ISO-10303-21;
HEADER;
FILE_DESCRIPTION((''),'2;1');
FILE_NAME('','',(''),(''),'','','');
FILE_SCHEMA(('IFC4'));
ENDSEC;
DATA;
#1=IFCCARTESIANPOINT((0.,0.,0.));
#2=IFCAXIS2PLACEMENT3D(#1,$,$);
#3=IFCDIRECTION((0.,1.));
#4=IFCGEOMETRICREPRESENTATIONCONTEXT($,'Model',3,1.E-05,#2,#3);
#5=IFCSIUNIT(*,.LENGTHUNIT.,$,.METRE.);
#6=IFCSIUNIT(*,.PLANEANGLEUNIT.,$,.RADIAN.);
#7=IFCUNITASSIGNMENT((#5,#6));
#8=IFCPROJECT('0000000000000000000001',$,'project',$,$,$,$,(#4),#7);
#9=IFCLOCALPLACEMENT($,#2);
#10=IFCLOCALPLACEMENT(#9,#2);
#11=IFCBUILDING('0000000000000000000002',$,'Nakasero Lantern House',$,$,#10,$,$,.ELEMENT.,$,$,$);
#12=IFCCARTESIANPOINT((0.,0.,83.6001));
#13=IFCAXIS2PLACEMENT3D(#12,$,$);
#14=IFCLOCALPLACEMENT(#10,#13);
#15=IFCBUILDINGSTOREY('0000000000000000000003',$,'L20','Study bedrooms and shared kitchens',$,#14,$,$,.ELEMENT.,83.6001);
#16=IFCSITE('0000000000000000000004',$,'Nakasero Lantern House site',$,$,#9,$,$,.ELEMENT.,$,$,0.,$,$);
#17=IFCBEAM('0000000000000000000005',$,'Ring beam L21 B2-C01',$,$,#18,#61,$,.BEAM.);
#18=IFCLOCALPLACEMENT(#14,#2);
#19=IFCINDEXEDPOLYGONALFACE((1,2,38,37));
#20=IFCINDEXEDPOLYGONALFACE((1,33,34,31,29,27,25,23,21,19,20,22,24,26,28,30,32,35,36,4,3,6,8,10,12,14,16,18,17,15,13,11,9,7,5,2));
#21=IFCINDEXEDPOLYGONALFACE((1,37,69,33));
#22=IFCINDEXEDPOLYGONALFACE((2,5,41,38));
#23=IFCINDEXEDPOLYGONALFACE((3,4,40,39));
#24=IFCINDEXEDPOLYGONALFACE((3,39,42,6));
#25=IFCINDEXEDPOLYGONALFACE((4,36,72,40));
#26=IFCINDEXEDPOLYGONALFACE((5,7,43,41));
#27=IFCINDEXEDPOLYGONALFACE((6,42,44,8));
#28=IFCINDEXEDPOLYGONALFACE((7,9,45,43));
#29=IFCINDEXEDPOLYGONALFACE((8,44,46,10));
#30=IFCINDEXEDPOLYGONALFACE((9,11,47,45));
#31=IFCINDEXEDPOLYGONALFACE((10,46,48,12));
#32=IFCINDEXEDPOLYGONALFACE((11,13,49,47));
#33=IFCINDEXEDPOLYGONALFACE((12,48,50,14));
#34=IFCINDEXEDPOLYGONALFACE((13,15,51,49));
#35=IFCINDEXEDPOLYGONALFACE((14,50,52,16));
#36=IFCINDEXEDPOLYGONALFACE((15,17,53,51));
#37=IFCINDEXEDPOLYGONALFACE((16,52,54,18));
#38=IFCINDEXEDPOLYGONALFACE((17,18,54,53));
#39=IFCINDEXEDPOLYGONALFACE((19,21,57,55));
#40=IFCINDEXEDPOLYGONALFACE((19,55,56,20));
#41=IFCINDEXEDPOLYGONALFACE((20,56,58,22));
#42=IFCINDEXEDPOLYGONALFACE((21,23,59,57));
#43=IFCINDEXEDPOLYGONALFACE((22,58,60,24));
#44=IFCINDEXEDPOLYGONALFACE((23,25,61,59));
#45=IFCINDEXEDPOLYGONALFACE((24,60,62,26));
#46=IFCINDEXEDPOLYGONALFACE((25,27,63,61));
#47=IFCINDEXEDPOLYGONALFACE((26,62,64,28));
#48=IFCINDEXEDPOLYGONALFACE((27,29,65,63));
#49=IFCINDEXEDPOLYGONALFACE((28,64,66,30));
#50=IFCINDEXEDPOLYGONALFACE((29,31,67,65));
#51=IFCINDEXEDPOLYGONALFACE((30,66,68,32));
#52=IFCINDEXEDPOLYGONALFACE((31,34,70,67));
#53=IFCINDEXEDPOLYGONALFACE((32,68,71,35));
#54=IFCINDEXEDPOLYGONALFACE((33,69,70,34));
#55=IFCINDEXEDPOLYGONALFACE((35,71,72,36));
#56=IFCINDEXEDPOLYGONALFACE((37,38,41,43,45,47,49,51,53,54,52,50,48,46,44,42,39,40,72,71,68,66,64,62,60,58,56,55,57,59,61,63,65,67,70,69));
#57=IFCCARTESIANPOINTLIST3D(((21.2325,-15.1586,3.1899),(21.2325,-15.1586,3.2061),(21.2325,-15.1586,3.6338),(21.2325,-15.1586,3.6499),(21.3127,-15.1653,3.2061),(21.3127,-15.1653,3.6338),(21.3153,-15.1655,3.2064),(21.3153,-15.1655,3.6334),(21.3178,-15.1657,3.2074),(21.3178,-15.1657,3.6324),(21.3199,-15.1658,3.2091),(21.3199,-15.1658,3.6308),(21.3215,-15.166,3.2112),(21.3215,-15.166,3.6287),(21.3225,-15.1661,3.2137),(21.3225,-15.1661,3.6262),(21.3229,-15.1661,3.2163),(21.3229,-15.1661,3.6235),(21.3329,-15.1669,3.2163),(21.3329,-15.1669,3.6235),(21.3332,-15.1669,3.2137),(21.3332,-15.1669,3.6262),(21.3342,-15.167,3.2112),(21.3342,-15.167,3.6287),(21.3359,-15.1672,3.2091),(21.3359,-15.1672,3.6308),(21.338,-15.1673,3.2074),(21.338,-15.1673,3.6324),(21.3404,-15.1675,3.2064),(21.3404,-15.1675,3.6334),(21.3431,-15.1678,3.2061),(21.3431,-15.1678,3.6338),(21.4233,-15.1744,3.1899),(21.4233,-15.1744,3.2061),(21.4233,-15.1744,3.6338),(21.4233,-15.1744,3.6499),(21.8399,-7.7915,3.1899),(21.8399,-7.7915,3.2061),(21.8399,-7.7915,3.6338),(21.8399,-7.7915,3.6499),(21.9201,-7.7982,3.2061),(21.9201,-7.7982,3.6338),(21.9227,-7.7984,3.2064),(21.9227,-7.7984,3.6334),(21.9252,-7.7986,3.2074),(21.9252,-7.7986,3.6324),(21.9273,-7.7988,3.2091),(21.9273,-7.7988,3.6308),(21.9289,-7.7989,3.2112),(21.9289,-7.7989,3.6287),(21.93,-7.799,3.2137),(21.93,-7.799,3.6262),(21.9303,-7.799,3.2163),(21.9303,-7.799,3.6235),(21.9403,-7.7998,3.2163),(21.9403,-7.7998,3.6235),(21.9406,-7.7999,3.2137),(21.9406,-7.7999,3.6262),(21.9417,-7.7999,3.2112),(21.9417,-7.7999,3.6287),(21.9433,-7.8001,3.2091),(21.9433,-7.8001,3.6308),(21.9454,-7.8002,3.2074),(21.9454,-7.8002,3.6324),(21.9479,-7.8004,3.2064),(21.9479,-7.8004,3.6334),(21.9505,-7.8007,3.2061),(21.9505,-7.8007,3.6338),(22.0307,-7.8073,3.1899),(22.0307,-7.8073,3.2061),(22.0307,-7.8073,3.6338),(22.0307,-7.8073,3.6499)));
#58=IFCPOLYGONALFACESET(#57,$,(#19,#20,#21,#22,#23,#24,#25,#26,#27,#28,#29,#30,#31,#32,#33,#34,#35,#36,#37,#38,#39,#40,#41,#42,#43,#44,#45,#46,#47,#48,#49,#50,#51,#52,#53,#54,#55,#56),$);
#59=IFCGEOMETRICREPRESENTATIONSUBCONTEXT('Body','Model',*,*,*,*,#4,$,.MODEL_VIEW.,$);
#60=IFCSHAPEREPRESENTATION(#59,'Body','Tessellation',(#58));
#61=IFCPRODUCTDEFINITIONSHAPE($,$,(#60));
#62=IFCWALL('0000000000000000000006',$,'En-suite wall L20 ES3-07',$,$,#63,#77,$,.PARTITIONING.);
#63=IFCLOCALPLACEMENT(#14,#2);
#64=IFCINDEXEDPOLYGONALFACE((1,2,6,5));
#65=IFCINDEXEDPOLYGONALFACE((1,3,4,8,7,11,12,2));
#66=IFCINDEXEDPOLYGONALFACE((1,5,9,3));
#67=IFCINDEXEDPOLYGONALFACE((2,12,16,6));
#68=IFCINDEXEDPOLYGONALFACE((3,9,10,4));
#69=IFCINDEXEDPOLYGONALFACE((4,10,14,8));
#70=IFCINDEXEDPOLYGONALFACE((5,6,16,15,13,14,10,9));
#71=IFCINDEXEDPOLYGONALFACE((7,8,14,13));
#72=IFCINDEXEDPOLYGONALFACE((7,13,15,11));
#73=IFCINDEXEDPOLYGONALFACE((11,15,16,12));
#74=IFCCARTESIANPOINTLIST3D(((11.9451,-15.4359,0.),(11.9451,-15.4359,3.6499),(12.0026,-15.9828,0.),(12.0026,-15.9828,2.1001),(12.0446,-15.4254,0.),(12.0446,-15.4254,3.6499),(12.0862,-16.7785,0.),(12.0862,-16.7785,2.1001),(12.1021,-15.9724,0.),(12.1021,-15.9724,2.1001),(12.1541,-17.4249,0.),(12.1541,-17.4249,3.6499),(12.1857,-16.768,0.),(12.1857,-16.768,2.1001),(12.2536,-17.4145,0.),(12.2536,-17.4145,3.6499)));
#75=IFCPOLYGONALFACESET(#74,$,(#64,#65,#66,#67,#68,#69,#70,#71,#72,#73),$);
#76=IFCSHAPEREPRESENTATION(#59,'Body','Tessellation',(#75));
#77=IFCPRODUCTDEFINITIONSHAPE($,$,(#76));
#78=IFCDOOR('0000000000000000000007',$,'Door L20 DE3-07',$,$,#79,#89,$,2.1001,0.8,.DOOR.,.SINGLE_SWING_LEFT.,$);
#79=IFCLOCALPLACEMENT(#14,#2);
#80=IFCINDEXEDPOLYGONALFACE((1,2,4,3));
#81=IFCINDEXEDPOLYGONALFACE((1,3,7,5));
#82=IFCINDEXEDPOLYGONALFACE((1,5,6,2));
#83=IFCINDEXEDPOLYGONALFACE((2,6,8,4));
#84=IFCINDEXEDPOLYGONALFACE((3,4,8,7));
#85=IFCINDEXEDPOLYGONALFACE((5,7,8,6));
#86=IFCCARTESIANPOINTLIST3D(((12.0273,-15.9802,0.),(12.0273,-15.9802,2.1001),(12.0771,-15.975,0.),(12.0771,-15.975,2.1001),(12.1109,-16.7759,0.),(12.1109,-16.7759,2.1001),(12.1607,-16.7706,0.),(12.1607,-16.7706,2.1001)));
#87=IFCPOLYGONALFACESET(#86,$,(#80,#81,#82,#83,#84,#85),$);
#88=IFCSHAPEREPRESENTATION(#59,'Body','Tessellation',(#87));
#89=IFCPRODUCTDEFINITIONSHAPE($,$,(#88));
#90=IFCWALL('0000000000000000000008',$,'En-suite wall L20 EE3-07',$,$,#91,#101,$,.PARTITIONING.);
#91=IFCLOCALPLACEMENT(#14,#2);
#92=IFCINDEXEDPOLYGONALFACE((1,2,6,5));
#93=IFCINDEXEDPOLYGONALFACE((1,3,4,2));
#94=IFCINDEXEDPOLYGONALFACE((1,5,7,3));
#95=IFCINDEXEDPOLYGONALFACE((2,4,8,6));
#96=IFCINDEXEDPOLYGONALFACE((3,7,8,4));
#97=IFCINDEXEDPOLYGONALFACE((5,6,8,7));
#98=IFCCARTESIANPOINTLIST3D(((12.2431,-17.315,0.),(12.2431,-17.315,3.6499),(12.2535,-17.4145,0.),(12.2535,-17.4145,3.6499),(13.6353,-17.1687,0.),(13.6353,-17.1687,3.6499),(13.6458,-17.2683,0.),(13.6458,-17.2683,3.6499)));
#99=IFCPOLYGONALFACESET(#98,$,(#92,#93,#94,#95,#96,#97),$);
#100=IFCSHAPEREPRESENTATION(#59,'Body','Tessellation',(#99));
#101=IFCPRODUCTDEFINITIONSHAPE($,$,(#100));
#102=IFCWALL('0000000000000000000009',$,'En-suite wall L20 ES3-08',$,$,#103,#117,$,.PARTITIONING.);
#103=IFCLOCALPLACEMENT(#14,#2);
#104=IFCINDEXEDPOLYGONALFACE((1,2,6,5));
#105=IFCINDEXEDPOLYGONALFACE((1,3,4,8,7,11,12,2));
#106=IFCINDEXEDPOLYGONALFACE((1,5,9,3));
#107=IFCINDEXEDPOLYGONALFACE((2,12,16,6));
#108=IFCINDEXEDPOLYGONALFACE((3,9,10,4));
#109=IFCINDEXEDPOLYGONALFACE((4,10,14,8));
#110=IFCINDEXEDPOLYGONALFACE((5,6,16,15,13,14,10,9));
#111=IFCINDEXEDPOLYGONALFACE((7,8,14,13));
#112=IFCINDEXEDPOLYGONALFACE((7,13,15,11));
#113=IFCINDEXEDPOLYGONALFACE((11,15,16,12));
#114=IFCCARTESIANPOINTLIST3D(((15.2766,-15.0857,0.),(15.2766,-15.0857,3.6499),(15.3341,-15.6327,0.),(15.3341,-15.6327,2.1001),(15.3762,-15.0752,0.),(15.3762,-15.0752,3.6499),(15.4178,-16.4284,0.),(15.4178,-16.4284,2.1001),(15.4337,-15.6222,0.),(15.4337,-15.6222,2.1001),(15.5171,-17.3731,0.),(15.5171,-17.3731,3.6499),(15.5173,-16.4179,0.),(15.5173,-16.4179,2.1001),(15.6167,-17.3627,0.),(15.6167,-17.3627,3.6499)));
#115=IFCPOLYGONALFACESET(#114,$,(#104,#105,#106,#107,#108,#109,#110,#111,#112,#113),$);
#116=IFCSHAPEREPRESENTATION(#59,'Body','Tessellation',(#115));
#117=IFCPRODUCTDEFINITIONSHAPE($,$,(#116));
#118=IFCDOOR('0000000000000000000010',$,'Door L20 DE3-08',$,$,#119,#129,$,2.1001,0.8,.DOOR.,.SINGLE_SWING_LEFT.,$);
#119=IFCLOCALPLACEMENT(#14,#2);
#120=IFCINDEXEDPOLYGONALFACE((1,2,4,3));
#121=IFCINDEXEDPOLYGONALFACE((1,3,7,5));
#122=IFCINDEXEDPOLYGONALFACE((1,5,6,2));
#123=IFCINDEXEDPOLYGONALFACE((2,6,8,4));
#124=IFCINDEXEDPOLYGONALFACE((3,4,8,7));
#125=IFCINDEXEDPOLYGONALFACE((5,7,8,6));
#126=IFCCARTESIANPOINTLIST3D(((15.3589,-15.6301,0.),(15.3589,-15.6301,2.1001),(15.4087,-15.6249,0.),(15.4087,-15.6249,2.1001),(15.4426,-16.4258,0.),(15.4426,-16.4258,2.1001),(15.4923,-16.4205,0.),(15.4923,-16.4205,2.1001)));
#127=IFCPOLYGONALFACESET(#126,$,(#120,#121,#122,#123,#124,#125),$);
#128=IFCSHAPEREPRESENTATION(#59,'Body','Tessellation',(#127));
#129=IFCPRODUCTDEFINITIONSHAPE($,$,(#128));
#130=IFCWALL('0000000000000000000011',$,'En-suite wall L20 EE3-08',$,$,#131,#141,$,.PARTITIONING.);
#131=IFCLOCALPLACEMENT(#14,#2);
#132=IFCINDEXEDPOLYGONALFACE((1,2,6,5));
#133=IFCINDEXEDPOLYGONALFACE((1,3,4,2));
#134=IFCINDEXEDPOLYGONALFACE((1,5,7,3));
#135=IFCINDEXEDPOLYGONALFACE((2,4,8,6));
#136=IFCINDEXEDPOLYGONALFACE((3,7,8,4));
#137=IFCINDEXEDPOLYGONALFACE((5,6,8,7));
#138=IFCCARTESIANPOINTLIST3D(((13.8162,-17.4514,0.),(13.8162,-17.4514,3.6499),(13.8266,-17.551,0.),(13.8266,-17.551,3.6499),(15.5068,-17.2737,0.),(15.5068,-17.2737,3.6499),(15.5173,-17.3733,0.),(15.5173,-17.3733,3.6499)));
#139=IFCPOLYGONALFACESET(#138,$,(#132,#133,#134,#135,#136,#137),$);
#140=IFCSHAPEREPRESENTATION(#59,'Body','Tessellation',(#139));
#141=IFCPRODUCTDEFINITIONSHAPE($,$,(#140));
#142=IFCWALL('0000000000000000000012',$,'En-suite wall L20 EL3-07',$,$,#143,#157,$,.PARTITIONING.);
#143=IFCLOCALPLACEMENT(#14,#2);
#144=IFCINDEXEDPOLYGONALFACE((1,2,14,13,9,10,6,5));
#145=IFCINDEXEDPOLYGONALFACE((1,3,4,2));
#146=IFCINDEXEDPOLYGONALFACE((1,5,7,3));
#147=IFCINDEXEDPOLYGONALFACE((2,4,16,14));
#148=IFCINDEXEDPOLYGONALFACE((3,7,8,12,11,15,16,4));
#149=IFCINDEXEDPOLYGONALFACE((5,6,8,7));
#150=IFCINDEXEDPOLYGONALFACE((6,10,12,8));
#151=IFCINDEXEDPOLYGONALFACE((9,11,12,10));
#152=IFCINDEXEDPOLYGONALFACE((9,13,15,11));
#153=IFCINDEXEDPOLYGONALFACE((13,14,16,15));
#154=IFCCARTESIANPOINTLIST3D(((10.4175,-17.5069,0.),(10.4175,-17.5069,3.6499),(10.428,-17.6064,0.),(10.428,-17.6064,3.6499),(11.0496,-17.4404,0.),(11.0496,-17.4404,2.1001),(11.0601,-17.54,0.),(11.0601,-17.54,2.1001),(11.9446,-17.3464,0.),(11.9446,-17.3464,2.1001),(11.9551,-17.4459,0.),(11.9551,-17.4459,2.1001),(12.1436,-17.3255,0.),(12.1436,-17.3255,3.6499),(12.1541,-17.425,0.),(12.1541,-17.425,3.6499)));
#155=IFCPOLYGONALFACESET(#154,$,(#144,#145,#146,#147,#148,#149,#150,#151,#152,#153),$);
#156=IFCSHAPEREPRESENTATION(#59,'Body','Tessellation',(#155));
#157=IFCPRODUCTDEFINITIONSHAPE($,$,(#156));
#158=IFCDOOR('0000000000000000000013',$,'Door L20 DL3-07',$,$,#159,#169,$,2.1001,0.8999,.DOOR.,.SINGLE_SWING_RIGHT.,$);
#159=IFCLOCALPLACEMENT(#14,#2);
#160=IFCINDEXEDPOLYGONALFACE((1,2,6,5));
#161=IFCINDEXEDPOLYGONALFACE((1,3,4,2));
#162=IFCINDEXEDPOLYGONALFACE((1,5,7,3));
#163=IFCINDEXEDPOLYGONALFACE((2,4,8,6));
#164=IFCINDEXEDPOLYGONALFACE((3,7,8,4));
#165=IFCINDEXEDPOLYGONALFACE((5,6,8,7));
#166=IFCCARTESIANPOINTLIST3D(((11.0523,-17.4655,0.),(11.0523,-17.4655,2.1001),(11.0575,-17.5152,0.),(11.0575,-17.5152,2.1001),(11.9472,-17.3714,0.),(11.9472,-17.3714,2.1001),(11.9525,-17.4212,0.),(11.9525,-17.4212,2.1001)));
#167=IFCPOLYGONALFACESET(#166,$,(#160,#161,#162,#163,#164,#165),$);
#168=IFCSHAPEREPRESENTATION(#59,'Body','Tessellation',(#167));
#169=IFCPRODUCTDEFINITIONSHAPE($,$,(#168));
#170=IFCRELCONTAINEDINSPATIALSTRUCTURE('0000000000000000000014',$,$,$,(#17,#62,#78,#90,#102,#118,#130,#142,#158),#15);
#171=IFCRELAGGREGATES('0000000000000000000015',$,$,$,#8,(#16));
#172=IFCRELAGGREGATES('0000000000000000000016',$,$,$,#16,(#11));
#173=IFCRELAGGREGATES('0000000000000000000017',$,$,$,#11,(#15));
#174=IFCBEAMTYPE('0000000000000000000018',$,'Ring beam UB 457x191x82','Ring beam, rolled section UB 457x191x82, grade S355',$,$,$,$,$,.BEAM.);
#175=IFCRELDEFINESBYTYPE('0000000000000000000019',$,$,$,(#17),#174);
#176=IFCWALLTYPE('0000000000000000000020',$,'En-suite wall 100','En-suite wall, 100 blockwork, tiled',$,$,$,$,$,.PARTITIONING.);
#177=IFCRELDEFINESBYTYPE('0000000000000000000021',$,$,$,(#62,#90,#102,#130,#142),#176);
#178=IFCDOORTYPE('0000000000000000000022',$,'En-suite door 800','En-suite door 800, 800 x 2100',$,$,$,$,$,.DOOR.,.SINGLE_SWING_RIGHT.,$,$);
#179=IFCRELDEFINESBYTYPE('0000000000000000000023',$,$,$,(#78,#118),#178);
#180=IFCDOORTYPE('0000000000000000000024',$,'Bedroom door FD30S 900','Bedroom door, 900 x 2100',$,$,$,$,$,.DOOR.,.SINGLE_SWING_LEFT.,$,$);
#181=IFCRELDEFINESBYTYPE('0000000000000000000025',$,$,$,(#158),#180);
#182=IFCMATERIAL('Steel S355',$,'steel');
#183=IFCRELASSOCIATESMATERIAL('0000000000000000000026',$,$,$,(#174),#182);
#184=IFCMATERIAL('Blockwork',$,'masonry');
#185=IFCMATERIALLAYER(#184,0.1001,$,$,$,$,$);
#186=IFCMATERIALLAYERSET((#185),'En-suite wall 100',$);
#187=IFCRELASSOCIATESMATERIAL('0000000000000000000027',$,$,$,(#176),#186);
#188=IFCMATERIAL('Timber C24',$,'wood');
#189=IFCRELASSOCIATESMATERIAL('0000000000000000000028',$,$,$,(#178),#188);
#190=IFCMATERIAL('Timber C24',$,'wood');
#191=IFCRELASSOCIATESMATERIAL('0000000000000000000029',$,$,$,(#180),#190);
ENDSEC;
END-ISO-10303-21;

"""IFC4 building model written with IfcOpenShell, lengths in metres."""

from ifc_helpers import new_model, si_unit, direction, frame, frame_2d, origin, origin_2d, place, context, subcontext, project, spatial, rectangle, i_section, extrude, material, layer, layer_set, material_profile, profile_set, type_object, element, fill, save


model = new_model("IFC4")

# Units and contexts
model_context = context("Model", 3, precision=1e-05, world=origin(), true_north=direction((0.0, 1.0)))
body_context = subcontext(model_context, "Body", "Model", "MODEL_VIEW")
ifc_project = project(units=[si_unit("LENGTHUNIT", "METRE"), si_unit("PLANEANGLEUNIT", "RADIAN")], contexts=[model_context])

# Site, building, storey
site_placement = place(None, origin())
site = spatial("IfcSite", under=ifc_project, at=site_placement, Name="Nakasero Lantern House site", CompositionType="ELEMENT", RefElevation=0.0)
building_placement = place(site_placement, origin())
building = spatial("IfcBuilding", under=site, at=building_placement, Name="Nakasero Lantern House", CompositionType="ELEMENT")
storey_placement = place(building_placement, frame((0.0, 0.0, 83.6001)))
storey = spatial("IfcBuildingStorey", under=building, at=storey_placement, Name="L20", Description="Study bedrooms and shared kitchens", CompositionType="ELEMENT", Elevation=83.6001)

# Beam
ifc_material_1 = material(Name="Steel S355", Category="steel")
ifc_material_profile_1 = material_profile(ifc_material_1, i_section(OverallWidth=0.1914, OverallDepth=0.46, WebThickness=0.01, FlangeThickness=0.0161, FilletRadius=0.0103, at=origin_2d()), Name="UB 457x191x82")
ifc_profile_set_1 = profile_set([ifc_material_profile_1], Name="Steel S355")
beam_type_1 = type_object("IfcBeamType", Name="Ring beam UB 457x191x82", Description="Ring beam, rolled section UB 457x191x82, grade S355", PredefinedType="BEAM", material=ifc_profile_set_1)
beam_1_placement = place(storey_placement, frame((21.3279, -15.1665, 3.4199), z_axis=(0.082171, 0.996618, 0.0), x_axis=(-0.996618, 0.082171, 0.0)))
element("IfcBeam", 1, at=beam_1_placement, inside=storey, type_object=beam_type_1, Name="Ring beam L21 B2-C01", PredefinedType="BEAM", context=body_context, shape_type="SweptSolid", body=[
    extrude(i_section(OverallWidth=0.1914, OverallDepth=0.46, WebThickness=0.01, FlangeThickness=0.0161, FilletRadius=0.0103, at=origin_2d()), origin(), (0.0, 0.0, 1.0), 7.3921),
])

# Wall, opening, door
ifc_material_2 = material(Name="Blockwork", Category="masonry")
ifc_layer_1 = layer(ifc_material_2, 0.1001)
ifc_layer_set_1 = layer_set([ifc_layer_1], Name="En-suite wall 100")
wall_type_1 = type_object("IfcWallType", Name="En-suite wall 100", Description="En-suite wall, 100 blockwork, tiled", PredefinedType="PARTITIONING", material=ifc_layer_set_1)
wall_1_placement = place(storey_placement, frame((11.9949, -15.4307, 0.0), z_axis=(0.0, 0.0, 1.0), x_axis=(0.104494, -0.994526, 0.0)))
wall_1 = element("IfcWall", 2, at=wall_1_placement, inside=storey, type_object=wall_type_1, Name="En-suite wall L20 ES3-07", PredefinedType="PARTITIONING", context=body_context, shape_type="SweptSolid", body=[
    extrude(rectangle(XDim=2.0, YDim=0.1001, at=frame_2d((1.0, 0.0))), origin(), (0.0, 0.0, 1.0), 3.6499),
])
opening_1_placement = place(wall_1_placement, frame((0.55, 0.0, 0.0)))
opening_1 = element("IfcOpeningElement", 3, at=opening_1_placement, cuts=wall_1, PredefinedType="OPENING", context=body_context, shape_type="SweptSolid", body=[
    extrude(rectangle(XDim=0.8, YDim=2.1001, at=frame_2d((0.3999, 1.05))), frame((0.0, 0.0701, 0.0), z_axis=(0.0, -1.0, 0.0), x_axis=(1.0, 0.0, 0.0)), (0.0, 0.0, 1.0), 0.1401),
])
ifc_material_3 = material(Name="Timber C24", Category="wood")
door_type_1 = type_object("IfcDoorType", Name="En-suite door 800", Description="En-suite door 800, 800 x 2100", OperationType="SINGLE_SWING_RIGHT", PredefinedType="DOOR", material=ifc_material_3)
door_1_placement = place(opening_1_placement, origin())
door_1 = element("IfcDoor", 4, at=door_1_placement, inside=storey, type_object=door_type_1, Name="Door L20 DE3-07", OperationType="SINGLE_SWING_LEFT", OverallHeight=2.1001, OverallWidth=0.8, PredefinedType="DOOR", context=body_context, shape_type="SweptSolid", body=[
    extrude(rectangle(XDim=0.8, YDim=2.1001, at=frame_2d((0.3999, 1.05))), frame((0.0, 0.0249, 0.0), z_axis=(0.0, -1.0, 0.0), x_axis=(1.0, 0.0, 0.0)), (0.0, 0.0, 1.0), 0.05),
])
fill(opening_1, door_1)

# Wall
wall_2_placement = place(storey_placement, frame((12.2483, -17.3647, 0.0), z_axis=(0.0, 0.0, 1.0), x_axis=(0.994529, 0.104458, 0.0)))
element("IfcWall", 5, at=wall_2_placement, inside=storey, type_object=wall_type_1, Name="En-suite wall L20 EE3-07", PredefinedType="PARTITIONING", context=body_context, shape_type="SweptSolid", body=[
    extrude(rectangle(XDim=1.3999, YDim=0.1001, at=frame_2d((0.7, 0.0))), origin(), (0.0, 0.0, 1.0), 3.6499),
])

# Wall, opening, door
wall_3_placement = place(storey_placement, frame((15.3264, -15.0806, 0.0), z_axis=(0.0, 0.0, 1.0), x_axis=(0.104558, -0.994519, 0.0)))
wall_3 = element("IfcWall", 6, at=wall_3_placement, inside=storey, type_object=wall_type_1, Name="En-suite wall L20 ES3-08", PredefinedType="PARTITIONING", context=body_context, shape_type="SweptSolid", body=[
    extrude(rectangle(XDim=2.3, YDim=0.1001, at=frame_2d((1.1499, 0.0))), origin(), (0.0, 0.0, 1.0), 3.6499),
])
opening_2_placement = place(wall_3_placement, frame((0.55, 0.0, 0.0)))
opening_2 = element("IfcOpeningElement", 7, at=opening_2_placement, cuts=wall_3, PredefinedType="OPENING", context=body_context, shape_type="SweptSolid", body=[
    extrude(rectangle(XDim=0.8, YDim=2.1001, at=frame_2d((0.3999, 1.05))), frame((0.0, 0.0701, 0.0), z_axis=(0.0, -1.0, 0.0), x_axis=(1.0, 0.0, 0.0)), (0.0, 0.0, 1.0), 0.1401),
])
door_2_placement = place(opening_2_placement, origin())
door_2 = element("IfcDoor", 8, at=door_2_placement, inside=storey, type_object=door_type_1, Name="Door L20 DE3-08", OperationType="SINGLE_SWING_LEFT", OverallHeight=2.1001, OverallWidth=0.8, PredefinedType="DOOR", context=body_context, shape_type="SweptSolid", body=[
    extrude(rectangle(XDim=0.8, YDim=2.1001, at=frame_2d((0.3999, 1.05))), frame((0.0, 0.0249, 0.0), z_axis=(0.0, -1.0, 0.0), x_axis=(1.0, 0.0, 0.0)), (0.0, 0.0, 1.0), 0.05),
])
fill(opening_2, door_2)

# Wall
wall_4_placement = place(storey_placement, frame((13.8213, -17.5012, 0.0), z_axis=(0.0, 0.0, 1.0), x_axis=(0.99452, 0.10455, 0.0)))
element("IfcWall", 9, at=wall_4_placement, inside=storey, type_object=wall_type_1, Name="En-suite wall L20 EE3-08", PredefinedType="PARTITIONING", context=body_context, shape_type="SweptSolid", body=[
    extrude(rectangle(XDim=1.7, YDim=0.1001, at=frame_2d((0.8501, 0.0))), origin(), (0.0, 0.0, 1.0), 3.6499),
])

# Wall, opening, door
wall_5_placement = place(storey_placement, frame((10.4229, -17.5566, 0.0), z_axis=(0.0, 0.0, 1.0), x_axis=(0.994523, 0.104516, 0.0)))
wall_5 = element("IfcWall", 10, at=wall_5_placement, inside=storey, type_object=wall_type_1, Name="En-suite wall L20 EL3-07", PredefinedType="PARTITIONING", context=body_context, shape_type="SweptSolid", body=[
    extrude(rectangle(XDim=1.7356, YDim=0.1001, at=frame_2d((0.8677, 0.0))), origin(), (0.0, 0.0, 1.0), 3.6499),
])
opening_3_placement = place(wall_5_placement, frame((0.6355, 0.0, 0.0)))
opening_3 = element("IfcOpeningElement", 11, at=opening_3_placement, cuts=wall_5, PredefinedType="OPENING", context=body_context, shape_type="SweptSolid", body=[
    extrude(rectangle(XDim=0.8999, YDim=2.1001, at=frame_2d((0.45, 1.05))), frame((0.0, 0.0701, 0.0), z_axis=(0.0, -1.0, 0.0), x_axis=(1.0, 0.0, 0.0)), (0.0, 0.0, 1.0), 0.1401),
])
ifc_material_4 = material(Name="Timber C24", Category="wood")
door_type_2 = type_object("IfcDoorType", Name="Bedroom door FD30S 900", Description="Bedroom door, 900 x 2100", OperationType="SINGLE_SWING_LEFT", PredefinedType="DOOR", material=ifc_material_4)
door_3_placement = place(opening_3_placement, origin())
door_3 = element("IfcDoor", 12, at=door_3_placement, inside=storey, type_object=door_type_2, Name="Door L20 DL3-07", OperationType="SINGLE_SWING_RIGHT", OverallHeight=2.1001, OverallWidth=0.8999, PredefinedType="DOOR", context=body_context, shape_type="SweptSolid", body=[
    extrude(rectangle(XDim=0.8999, YDim=2.1001, at=frame_2d((0.45, 1.05))), frame((0.0, 0.0249, 0.0), z_axis=(0.0, -1.0, 0.0), x_axis=(1.0, 0.0, 0.0)), (0.0, 0.0, 1.0), 0.05),
])
fill(opening_3, door_3)

save(model, "model.ifc")
